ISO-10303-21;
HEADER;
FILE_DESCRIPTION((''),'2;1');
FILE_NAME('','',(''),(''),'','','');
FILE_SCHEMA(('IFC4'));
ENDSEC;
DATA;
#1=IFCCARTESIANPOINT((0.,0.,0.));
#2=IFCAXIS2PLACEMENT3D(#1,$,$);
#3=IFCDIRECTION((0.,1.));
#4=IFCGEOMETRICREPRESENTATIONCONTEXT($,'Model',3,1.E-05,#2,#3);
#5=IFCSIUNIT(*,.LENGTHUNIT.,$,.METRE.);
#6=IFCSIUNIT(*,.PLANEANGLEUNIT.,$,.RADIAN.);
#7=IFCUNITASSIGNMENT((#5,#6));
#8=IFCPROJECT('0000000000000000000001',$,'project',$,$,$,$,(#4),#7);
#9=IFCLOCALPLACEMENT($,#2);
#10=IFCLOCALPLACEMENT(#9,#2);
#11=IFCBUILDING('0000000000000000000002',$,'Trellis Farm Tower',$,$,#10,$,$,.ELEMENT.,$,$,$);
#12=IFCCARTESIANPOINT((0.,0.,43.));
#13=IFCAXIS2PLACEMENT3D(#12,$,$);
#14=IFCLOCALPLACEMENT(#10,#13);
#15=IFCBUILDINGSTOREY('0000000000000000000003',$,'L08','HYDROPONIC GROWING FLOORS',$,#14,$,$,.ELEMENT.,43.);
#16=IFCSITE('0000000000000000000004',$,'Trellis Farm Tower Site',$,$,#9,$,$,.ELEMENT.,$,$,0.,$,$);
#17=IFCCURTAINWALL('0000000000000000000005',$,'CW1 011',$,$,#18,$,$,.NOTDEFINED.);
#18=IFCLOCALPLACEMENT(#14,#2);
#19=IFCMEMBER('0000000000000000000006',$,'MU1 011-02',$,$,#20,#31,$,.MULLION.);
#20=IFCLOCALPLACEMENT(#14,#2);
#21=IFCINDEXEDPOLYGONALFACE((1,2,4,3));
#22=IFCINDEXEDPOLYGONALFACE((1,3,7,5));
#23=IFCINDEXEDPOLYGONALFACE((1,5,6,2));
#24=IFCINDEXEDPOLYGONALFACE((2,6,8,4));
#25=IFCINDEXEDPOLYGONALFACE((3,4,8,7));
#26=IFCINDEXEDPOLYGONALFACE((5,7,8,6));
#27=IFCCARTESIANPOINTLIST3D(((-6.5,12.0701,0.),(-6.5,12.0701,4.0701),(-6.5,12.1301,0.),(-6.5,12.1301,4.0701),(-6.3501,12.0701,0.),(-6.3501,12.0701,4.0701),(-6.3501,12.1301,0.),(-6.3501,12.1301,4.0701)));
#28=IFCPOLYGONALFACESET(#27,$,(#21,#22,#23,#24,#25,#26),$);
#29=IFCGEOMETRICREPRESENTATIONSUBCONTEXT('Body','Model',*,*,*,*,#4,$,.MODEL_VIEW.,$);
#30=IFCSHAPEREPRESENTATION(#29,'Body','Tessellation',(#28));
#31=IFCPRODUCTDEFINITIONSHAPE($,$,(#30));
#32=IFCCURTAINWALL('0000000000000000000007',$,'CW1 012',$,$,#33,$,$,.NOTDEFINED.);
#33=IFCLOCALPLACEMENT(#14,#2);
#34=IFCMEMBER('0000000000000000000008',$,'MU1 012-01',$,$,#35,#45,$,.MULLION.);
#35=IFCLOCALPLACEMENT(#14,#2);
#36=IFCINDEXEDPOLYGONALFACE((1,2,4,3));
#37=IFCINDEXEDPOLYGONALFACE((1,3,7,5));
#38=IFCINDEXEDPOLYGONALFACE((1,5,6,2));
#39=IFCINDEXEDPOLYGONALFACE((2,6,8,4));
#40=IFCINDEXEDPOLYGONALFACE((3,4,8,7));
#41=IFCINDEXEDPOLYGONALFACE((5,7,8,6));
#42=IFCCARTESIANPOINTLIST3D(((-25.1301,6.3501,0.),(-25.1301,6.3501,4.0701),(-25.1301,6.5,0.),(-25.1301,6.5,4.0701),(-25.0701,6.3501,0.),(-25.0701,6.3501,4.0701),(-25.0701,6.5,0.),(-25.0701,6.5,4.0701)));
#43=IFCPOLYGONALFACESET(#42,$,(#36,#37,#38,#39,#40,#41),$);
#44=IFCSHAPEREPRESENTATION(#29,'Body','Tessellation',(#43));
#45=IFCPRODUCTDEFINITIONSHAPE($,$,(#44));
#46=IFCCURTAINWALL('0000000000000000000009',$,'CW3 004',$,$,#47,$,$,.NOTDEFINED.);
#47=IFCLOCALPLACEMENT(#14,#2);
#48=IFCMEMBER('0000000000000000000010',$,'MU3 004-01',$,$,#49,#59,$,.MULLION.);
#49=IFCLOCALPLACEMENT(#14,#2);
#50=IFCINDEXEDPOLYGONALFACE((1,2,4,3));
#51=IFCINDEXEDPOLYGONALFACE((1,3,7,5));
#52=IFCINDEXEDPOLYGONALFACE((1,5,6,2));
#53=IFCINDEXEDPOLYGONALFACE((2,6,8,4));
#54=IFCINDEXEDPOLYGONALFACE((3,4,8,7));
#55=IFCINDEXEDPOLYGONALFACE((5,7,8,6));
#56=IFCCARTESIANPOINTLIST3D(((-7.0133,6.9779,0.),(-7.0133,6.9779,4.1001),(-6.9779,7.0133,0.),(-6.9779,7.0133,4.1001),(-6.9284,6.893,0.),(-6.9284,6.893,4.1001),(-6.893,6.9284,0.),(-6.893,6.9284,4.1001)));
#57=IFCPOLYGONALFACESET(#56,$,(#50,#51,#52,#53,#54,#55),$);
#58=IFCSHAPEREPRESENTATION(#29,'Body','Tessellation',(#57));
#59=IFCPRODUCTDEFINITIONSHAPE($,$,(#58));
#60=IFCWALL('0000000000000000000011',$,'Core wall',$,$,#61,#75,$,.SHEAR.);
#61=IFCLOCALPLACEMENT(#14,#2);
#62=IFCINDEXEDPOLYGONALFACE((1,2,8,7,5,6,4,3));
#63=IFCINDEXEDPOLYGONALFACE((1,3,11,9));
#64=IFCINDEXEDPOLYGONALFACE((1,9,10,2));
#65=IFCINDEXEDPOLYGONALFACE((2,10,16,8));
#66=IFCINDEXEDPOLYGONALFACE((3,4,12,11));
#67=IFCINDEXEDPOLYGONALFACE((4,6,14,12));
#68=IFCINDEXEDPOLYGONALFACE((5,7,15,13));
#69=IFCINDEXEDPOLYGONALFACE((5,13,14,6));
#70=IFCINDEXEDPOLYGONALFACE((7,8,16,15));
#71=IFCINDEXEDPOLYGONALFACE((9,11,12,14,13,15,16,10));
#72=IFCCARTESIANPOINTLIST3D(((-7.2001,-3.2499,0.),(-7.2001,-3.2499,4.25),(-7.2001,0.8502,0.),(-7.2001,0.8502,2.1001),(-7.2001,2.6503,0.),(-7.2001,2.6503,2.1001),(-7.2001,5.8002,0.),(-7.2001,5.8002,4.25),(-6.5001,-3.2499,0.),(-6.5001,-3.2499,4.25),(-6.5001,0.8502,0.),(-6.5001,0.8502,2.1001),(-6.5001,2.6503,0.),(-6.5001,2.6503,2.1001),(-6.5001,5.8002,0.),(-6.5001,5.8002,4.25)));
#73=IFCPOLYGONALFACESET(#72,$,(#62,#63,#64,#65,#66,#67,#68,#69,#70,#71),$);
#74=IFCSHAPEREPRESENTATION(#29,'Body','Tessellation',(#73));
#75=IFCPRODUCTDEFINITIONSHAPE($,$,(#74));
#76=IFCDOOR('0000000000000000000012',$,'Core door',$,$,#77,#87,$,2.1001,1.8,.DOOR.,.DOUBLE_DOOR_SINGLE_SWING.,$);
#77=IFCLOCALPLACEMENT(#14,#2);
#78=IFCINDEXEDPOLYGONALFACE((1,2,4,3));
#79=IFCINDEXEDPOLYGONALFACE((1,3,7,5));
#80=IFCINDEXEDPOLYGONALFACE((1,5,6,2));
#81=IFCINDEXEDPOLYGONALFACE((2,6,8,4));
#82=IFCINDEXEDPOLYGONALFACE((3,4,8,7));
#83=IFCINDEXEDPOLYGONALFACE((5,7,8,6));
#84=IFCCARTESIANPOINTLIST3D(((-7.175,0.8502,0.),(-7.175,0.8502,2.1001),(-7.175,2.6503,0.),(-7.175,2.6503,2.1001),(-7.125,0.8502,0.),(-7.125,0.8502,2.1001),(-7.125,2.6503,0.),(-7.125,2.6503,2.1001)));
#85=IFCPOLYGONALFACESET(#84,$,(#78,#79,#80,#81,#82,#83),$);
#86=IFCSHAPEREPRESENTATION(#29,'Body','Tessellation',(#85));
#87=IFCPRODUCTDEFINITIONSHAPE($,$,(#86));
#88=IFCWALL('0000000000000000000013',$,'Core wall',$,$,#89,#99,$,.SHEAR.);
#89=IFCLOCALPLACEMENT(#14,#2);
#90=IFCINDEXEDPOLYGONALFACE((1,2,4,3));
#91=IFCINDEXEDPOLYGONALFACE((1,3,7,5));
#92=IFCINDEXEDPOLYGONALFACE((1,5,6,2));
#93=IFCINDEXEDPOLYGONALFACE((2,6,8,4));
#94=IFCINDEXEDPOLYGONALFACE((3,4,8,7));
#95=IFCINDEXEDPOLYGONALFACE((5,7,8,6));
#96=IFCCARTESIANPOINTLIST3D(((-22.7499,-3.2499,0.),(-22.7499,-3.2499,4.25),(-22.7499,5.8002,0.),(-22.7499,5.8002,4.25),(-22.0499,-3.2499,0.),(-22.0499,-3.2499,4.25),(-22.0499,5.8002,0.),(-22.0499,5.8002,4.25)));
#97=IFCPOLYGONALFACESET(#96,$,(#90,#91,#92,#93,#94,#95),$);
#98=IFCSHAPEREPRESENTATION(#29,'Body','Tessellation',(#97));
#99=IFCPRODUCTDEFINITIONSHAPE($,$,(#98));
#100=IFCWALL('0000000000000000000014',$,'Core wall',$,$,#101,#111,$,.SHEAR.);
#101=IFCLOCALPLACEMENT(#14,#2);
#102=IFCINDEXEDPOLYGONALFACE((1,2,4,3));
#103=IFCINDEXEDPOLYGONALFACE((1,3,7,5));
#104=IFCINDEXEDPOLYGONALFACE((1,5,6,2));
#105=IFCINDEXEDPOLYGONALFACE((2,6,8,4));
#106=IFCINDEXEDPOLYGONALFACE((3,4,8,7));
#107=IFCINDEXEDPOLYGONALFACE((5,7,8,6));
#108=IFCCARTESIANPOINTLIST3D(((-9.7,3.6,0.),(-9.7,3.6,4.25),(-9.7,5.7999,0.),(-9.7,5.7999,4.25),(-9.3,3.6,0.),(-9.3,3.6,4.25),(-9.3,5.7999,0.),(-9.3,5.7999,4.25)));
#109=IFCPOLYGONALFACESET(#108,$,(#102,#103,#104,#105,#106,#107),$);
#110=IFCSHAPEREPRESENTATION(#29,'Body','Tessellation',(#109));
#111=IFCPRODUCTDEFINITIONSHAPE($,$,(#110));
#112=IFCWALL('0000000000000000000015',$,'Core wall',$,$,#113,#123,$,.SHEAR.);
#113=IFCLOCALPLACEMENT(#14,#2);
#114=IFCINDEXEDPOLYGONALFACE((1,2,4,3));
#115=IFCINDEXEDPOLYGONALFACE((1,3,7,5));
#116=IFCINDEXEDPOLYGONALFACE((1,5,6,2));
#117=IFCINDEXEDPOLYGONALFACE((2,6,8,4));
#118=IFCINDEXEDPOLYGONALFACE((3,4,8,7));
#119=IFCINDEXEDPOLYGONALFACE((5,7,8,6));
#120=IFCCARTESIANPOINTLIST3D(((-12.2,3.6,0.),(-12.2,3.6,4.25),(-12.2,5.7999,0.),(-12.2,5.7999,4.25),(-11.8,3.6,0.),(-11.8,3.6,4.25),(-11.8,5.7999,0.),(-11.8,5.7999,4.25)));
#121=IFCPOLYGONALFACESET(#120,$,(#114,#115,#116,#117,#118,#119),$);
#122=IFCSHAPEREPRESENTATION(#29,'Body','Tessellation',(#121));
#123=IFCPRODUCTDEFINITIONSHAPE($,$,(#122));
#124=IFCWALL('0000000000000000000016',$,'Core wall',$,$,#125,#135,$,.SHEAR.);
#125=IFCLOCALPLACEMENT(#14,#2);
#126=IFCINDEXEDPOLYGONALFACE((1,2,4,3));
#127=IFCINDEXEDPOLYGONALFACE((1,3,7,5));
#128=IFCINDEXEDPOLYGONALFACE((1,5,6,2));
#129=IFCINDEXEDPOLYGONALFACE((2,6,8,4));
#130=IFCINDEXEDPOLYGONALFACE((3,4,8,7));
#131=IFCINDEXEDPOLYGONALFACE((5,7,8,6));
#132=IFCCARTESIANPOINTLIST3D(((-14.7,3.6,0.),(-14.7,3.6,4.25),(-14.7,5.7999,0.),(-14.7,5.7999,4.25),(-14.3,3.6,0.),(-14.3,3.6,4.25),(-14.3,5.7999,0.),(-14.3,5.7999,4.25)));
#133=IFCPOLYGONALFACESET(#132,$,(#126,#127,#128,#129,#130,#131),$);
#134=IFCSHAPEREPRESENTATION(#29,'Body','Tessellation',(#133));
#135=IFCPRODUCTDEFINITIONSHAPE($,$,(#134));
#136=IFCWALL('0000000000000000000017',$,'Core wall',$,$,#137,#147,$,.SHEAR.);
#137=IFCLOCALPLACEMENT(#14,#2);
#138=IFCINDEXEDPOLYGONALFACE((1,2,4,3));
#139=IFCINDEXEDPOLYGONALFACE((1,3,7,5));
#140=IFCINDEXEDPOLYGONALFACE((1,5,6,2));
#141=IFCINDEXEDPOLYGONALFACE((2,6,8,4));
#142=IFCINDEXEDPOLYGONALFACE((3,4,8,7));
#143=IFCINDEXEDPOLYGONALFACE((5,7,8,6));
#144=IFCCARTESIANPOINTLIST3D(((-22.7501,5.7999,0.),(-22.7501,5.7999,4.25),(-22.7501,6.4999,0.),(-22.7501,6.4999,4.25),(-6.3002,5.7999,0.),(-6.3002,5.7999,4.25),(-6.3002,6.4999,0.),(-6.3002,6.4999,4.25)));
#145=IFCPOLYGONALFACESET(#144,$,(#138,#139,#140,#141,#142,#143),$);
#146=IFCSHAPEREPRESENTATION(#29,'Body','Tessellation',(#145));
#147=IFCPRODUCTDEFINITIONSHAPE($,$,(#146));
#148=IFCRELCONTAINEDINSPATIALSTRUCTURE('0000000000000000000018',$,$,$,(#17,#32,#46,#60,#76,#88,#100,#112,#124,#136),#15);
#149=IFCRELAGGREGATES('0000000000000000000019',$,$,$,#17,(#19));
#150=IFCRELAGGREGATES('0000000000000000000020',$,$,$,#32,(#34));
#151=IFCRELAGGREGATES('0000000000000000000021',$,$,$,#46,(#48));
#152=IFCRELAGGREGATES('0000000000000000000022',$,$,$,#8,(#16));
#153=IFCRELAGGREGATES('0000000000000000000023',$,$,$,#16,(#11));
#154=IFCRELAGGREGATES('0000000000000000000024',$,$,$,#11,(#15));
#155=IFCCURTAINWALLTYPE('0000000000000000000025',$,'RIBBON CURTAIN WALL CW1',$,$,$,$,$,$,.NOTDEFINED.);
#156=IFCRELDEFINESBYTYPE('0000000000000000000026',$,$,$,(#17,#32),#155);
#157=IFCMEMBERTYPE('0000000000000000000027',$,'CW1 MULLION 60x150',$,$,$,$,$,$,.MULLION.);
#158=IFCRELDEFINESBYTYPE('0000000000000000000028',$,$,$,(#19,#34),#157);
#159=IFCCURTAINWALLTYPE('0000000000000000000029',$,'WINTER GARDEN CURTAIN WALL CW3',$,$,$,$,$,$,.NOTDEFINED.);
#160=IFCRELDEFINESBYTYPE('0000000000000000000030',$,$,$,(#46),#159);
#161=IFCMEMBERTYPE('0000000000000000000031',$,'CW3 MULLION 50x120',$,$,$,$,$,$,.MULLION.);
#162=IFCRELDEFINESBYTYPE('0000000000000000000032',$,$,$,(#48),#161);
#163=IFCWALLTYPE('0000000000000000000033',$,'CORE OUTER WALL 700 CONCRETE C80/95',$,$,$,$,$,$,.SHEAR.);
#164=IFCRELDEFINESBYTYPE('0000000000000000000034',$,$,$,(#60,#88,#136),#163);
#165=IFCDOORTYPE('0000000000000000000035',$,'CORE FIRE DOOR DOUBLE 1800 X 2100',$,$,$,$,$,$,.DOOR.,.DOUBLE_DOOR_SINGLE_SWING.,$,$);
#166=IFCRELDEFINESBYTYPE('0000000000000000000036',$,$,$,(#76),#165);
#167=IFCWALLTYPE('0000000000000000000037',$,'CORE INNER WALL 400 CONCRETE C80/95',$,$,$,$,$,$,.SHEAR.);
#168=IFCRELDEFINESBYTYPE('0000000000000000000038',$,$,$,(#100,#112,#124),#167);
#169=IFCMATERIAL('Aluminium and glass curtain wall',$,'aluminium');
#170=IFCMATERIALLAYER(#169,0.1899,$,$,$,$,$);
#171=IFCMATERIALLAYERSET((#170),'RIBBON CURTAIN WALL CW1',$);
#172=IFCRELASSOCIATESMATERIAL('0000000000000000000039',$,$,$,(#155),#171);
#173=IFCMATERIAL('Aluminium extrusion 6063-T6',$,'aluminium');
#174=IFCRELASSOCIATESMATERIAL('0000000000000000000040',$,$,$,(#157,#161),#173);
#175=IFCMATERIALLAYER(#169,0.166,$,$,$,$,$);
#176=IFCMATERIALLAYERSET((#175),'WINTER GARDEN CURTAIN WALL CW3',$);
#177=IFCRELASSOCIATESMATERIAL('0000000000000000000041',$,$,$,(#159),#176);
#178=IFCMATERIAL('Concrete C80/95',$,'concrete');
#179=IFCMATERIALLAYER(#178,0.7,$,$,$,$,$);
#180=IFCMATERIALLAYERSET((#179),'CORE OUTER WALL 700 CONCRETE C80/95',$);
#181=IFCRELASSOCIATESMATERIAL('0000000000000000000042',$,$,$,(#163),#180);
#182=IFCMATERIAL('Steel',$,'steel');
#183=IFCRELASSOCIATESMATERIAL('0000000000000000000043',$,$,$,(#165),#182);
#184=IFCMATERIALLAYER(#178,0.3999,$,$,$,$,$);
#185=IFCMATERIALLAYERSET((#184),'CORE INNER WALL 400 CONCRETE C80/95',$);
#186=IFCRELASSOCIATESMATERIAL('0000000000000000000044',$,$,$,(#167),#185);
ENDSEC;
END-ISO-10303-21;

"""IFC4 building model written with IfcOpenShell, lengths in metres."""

from ifc_helpers import new_model, si_unit, direction, frame, frame_2d, origin, origin_2d, place, context, subcontext, project, spatial, rectangle, extrude, source, transform, mapped, material, layer, layer_set, material_profile, profile_set, type_object, element, fill, aggregate, save


model = new_model("IFC4")

# Units and contexts
model_context = context("Model", 3, precision=1e-05, world=origin(), true_north=direction((0.0, 1.0)))
body_context = subcontext(model_context, "Body", "Model", "MODEL_VIEW")
ifc_project = project(units=[si_unit("LENGTHUNIT", "METRE"), si_unit("PLANEANGLEUNIT", "RADIAN")], contexts=[model_context])

# Site, building, storey
site_placement = place(None, origin())
site = spatial("IfcSite", under=ifc_project, at=site_placement, Name="Trellis Farm Tower Site", CompositionType="ELEMENT", RefElevation=0.0)
building_placement = place(site_placement, origin())
building = spatial("IfcBuilding", under=site, at=building_placement, Name="Trellis Farm Tower", CompositionType="ELEMENT")
storey_placement = place(building_placement, frame((0.0, 0.0, 43.0)))
storey = spatial("IfcBuildingStorey", under=building, at=storey_placement, Name="L08", Description="HYDROPONIC GROWING FLOORS", CompositionType="ELEMENT", Elevation=43.0)

# Shared definitions
ifc_material_1 = material(Name="Concrete C80/95", Category="concrete")

# Shared definitions
ifc_material_2 = material(Name="Aluminium and glass curtain wall", Category="aluminium")
ifc_layer_1 = layer(ifc_material_2, 0.1899)
ifc_layer_set_1 = layer_set([ifc_layer_1], Name="RIBBON CURTAIN WALL CW1")
curtain_wall_type_1 = type_object("IfcCurtainWallType", Name="RIBBON CURTAIN WALL CW1", PredefinedType="NOTDEFINED", material=ifc_layer_set_1)
placement = place(storey_placement, origin())
ifc_material_3 = material(Name="Aluminium extrusion 6063-T6", Category="aluminium")
ifc_material_profile_1 = material_profile(ifc_material_3, rectangle(XDim=0.0601, YDim=0.1499, at=origin_2d()), Name="MULLION 60x150")
ifc_profile_set_1 = profile_set([ifc_material_profile_1], Name="Aluminium extrusion 6063-T6")
member_type_1 = type_object("IfcMemberType", Name="CW1 MULLION 60x150", PredefinedType="MULLION", material=ifc_profile_set_1)
shared_shape_1 = source(origin(), body_context, "Body", "SweptSolid", [
    extrude(rectangle(XDim=0.0601, YDim=0.1499, at=origin_2d()), origin(), (0.0, 0.0, 1.0), 4.0701),
])

# Curtain wall, member
curtain_wall_1 = element("IfcCurtainWall", 1, at=placement, inside=storey, type_object=curtain_wall_type_1, Name="CW1 011", PredefinedType="NOTDEFINED")
member_1_placement = place(storey_placement, frame((-6.425, 12.1001, 0.0), z_axis=(0.0, 0.0, 1.0), x_axis=(0.0, -1.0, 0.0)))
member_1 = element("IfcMember", 2, at=member_1_placement, type_object=member_type_1, Name="MU1 011-02", PredefinedType="MULLION", context=body_context, shape_type="MappedRepresentation", body=[
    mapped(shared_shape_1, transform((0.0, 0.0, 0.0))),
])
aggregate(curtain_wall_1, [member_1])

# Curtain walls, members
curtain_wall_2 = element("IfcCurtainWall", 3, at=placement, inside=storey, type_object=curtain_wall_type_1, Name="CW1 012", PredefinedType="NOTDEFINED")
member_2_placement = place(storey_placement, frame((-25.1001, 6.425, 0.0), z_axis=(0.0, 0.0, 1.0), x_axis=(-1.0, 0.0, 0.0)))
member_2 = element("IfcMember", 4, at=member_2_placement, type_object=member_type_1, Name="MU1 012-01", PredefinedType="MULLION", context=body_context, shape_type="MappedRepresentation", body=[
    mapped(shared_shape_1, transform((0.0, 0.0, 0.0))),
])
aggregate(curtain_wall_2, [member_2])
ifc_layer_2 = layer(ifc_material_2, 0.166)
ifc_layer_set_2 = layer_set([ifc_layer_2], Name="WINTER GARDEN CURTAIN WALL CW3")
curtain_wall_type_2 = type_object("IfcCurtainWallType", Name="WINTER GARDEN CURTAIN WALL CW3", PredefinedType="NOTDEFINED", material=ifc_layer_set_2)
curtain_wall_3 = element("IfcCurtainWall", 5, at=placement, inside=storey, type_object=curtain_wall_type_2, Name="CW3 004", PredefinedType="NOTDEFINED")
ifc_material_profile_2 = material_profile(ifc_material_3, rectangle(XDim=0.05, YDim=0.1201, at=origin_2d()), Name="MULLION 50x120")
ifc_profile_set_2 = profile_set([ifc_material_profile_2], Name="Aluminium extrusion 6063-T6")
member_type_2 = type_object("IfcMemberType", Name="CW3 MULLION 50x120", PredefinedType="MULLION", material=ifc_profile_set_2)
shared_shape_2 = source(origin(), body_context, "Body", "SweptSolid", [
    extrude(rectangle(XDim=0.05, YDim=0.1201, at=origin_2d()), origin(), (0.0, 0.0, 1.0), 4.1001),
])
member_3_placement = place(storey_placement, frame((-6.9531, 6.9531, 0.0), z_axis=(0.0, 0.0, 1.0), x_axis=(-0.707107, -0.707107, 0.0)))
member_3 = element("IfcMember", 6, at=member_3_placement, type_object=member_type_2, Name="MU3 004-01", PredefinedType="MULLION", context=body_context, shape_type="MappedRepresentation", body=[
    mapped(shared_shape_2, transform((0.0, 0.0, 0.0))),
])
aggregate(curtain_wall_3, [member_3])

# Wall, opening, door
ifc_layer_3 = layer(ifc_material_1, 0.7)
ifc_layer_set_3 = layer_set([ifc_layer_3], Name="CORE OUTER WALL 700 CONCRETE C80/95")
wall_type_1 = type_object("IfcWallType", Name="CORE OUTER WALL 700 CONCRETE C80/95", PredefinedType="SHEAR", material=ifc_layer_set_3)
shared_shape_3 = source(origin(), body_context, "Body", "SweptSolid", [
    extrude(rectangle(XDim=9.05, YDim=0.7, at=frame_2d((4.5249, 0.0))), origin(), (0.0, 0.0, 1.0), 4.25),
])
wall_1_placement = place(storey_placement, frame((-6.8501, 5.8, 0.0), z_axis=(0.0, 0.0, 1.0), x_axis=(0.0, -1.0, 0.0)))
wall_1 = element("IfcWall", 7, at=wall_1_placement, inside=storey, type_object=wall_type_1, Name="Core wall", PredefinedType="SHEAR", context=body_context, shape_type="MappedRepresentation", body=[
    mapped(shared_shape_3, transform((0.0, 0.0, 0.0))),
])
shared_shape_4 = source(origin(), body_context, "Body", "SweptSolid", [
    extrude(rectangle(XDim=1.8, YDim=2.1001, at=frame_2d((0.8999, 1.05))), frame((0.0, 0.3601, 0.0), z_axis=(0.0, -1.0, 0.0), x_axis=(1.0, 0.0, 0.0)), (0.0, 0.0, 1.0), 0.7202),
])
opening_1_placement = place(wall_1_placement, frame((3.1499, 0.0, 0.0)))
opening_1 = element("IfcOpeningElement", 8, at=opening_1_placement, cuts=wall_1, PredefinedType="OPENING", context=body_context, shape_type="MappedRepresentation", body=[
    mapped(shared_shape_4, transform((0.0, 0.0, 0.0))),
])
ifc_material_4 = material(Name="Steel", Category="steel")
door_type_1 = type_object("IfcDoorType", Name="CORE FIRE DOOR DOUBLE 1800 X 2100", OperationType="DOUBLE_DOOR_SINGLE_SWING", PredefinedType="DOOR", material=ifc_material_4)
shared_shape_5 = source(origin(), body_context, "Body", "SweptSolid", [
    extrude(rectangle(XDim=1.8, YDim=2.1001, at=frame_2d((0.8999, 1.05))), frame((0.0, -0.2749, 0.0), z_axis=(0.0, -1.0, 0.0), x_axis=(1.0, 0.0, 0.0)), (0.0, 0.0, 1.0), 0.05),
])
door_1_placement = place(opening_1_placement, origin())
door_1 = element("IfcDoor", 9, at=door_1_placement, inside=storey, type_object=door_type_1, Name="Core door", OperationType="DOUBLE_DOOR_SINGLE_SWING", OverallHeight=2.1001, OverallWidth=1.8, PredefinedType="DOOR", context=body_context, shape_type="MappedRepresentation", body=[
    mapped(shared_shape_5, transform((0.0, 0.0, 0.0))),
])
fill(opening_1, door_1)

# Walls
wall_2_placement = place(storey_placement, frame((-22.3999, 5.8, 0.0), z_axis=(0.0, 0.0, 1.0), x_axis=(0.0, -1.0, 0.0)))
element("IfcWall", 10, at=wall_2_placement, inside=storey, type_object=wall_type_1, Name="Core wall", PredefinedType="SHEAR", context=body_context, shape_type="MappedRepresentation", body=[
    mapped(shared_shape_3, transform((0.0, 0.0, 0.0))),
])
ifc_layer_4 = layer(ifc_material_1, 0.3999)
ifc_layer_set_4 = layer_set([ifc_layer_4], Name="CORE INNER WALL 400 CONCRETE C80/95")
wall_type_2 = type_object("IfcWallType", Name="CORE INNER WALL 400 CONCRETE C80/95", PredefinedType="SHEAR", material=ifc_layer_set_4)
shared_shape_6 = source(origin(), body_context, "Body", "SweptSolid", [
    extrude(rectangle(XDim=2.2, YDim=0.3999, at=frame_2d((1.1001, 0.0))), origin(), (0.0, 0.0, 1.0), 4.25),
])
for number, where, z_axis, x_axis, name in (
    (11, (-9.5, 5.8, 0.0), (0.0, 0.0, 1.0), (0.0, -1.0, 0.0), "Core wall"),
    (12, (-12.0, 5.8, 0.0), (0.0, 0.0, 1.0), (0.0, -1.0, 0.0), "Core wall"),
    (13, (-14.5, 5.8, 0.0), (0.0, 0.0, 1.0), (0.0, -1.0, 0.0), "Core wall"),
):
    element("IfcWall", number, at=place(storey_placement, frame(where, z_axis=z_axis, x_axis=x_axis)), inside=storey, type_object=wall_type_2, Name=name, PredefinedType="SHEAR", context=body_context, shape_type="MappedRepresentation", body=[
        mapped(shared_shape_6, transform((0.0, 0.0, 0.0))),
    ])
shared_shape_7 = source(origin(), body_context, "Body", "SweptSolid", [
    extrude(rectangle(XDim=16.45, YDim=0.7, at=frame_2d((8.2251, 0.0))), origin(), (0.0, 0.0, 1.0), 4.25),
])
wall_3_placement = place(storey_placement, frame((-6.3, 6.1499, 0.0), z_axis=(0.0, 0.0, 1.0), x_axis=(-1.0, 0.0, 0.0)))
element("IfcWall", 14, at=wall_3_placement, inside=storey, type_object=wall_type_1, Name="Core wall", PredefinedType="SHEAR", context=body_context, shape_type="MappedRepresentation", body=[
    mapped(shared_shape_7, transform((0.0, 0.0, 0.0))),
])

save(model, "model.ifc")
